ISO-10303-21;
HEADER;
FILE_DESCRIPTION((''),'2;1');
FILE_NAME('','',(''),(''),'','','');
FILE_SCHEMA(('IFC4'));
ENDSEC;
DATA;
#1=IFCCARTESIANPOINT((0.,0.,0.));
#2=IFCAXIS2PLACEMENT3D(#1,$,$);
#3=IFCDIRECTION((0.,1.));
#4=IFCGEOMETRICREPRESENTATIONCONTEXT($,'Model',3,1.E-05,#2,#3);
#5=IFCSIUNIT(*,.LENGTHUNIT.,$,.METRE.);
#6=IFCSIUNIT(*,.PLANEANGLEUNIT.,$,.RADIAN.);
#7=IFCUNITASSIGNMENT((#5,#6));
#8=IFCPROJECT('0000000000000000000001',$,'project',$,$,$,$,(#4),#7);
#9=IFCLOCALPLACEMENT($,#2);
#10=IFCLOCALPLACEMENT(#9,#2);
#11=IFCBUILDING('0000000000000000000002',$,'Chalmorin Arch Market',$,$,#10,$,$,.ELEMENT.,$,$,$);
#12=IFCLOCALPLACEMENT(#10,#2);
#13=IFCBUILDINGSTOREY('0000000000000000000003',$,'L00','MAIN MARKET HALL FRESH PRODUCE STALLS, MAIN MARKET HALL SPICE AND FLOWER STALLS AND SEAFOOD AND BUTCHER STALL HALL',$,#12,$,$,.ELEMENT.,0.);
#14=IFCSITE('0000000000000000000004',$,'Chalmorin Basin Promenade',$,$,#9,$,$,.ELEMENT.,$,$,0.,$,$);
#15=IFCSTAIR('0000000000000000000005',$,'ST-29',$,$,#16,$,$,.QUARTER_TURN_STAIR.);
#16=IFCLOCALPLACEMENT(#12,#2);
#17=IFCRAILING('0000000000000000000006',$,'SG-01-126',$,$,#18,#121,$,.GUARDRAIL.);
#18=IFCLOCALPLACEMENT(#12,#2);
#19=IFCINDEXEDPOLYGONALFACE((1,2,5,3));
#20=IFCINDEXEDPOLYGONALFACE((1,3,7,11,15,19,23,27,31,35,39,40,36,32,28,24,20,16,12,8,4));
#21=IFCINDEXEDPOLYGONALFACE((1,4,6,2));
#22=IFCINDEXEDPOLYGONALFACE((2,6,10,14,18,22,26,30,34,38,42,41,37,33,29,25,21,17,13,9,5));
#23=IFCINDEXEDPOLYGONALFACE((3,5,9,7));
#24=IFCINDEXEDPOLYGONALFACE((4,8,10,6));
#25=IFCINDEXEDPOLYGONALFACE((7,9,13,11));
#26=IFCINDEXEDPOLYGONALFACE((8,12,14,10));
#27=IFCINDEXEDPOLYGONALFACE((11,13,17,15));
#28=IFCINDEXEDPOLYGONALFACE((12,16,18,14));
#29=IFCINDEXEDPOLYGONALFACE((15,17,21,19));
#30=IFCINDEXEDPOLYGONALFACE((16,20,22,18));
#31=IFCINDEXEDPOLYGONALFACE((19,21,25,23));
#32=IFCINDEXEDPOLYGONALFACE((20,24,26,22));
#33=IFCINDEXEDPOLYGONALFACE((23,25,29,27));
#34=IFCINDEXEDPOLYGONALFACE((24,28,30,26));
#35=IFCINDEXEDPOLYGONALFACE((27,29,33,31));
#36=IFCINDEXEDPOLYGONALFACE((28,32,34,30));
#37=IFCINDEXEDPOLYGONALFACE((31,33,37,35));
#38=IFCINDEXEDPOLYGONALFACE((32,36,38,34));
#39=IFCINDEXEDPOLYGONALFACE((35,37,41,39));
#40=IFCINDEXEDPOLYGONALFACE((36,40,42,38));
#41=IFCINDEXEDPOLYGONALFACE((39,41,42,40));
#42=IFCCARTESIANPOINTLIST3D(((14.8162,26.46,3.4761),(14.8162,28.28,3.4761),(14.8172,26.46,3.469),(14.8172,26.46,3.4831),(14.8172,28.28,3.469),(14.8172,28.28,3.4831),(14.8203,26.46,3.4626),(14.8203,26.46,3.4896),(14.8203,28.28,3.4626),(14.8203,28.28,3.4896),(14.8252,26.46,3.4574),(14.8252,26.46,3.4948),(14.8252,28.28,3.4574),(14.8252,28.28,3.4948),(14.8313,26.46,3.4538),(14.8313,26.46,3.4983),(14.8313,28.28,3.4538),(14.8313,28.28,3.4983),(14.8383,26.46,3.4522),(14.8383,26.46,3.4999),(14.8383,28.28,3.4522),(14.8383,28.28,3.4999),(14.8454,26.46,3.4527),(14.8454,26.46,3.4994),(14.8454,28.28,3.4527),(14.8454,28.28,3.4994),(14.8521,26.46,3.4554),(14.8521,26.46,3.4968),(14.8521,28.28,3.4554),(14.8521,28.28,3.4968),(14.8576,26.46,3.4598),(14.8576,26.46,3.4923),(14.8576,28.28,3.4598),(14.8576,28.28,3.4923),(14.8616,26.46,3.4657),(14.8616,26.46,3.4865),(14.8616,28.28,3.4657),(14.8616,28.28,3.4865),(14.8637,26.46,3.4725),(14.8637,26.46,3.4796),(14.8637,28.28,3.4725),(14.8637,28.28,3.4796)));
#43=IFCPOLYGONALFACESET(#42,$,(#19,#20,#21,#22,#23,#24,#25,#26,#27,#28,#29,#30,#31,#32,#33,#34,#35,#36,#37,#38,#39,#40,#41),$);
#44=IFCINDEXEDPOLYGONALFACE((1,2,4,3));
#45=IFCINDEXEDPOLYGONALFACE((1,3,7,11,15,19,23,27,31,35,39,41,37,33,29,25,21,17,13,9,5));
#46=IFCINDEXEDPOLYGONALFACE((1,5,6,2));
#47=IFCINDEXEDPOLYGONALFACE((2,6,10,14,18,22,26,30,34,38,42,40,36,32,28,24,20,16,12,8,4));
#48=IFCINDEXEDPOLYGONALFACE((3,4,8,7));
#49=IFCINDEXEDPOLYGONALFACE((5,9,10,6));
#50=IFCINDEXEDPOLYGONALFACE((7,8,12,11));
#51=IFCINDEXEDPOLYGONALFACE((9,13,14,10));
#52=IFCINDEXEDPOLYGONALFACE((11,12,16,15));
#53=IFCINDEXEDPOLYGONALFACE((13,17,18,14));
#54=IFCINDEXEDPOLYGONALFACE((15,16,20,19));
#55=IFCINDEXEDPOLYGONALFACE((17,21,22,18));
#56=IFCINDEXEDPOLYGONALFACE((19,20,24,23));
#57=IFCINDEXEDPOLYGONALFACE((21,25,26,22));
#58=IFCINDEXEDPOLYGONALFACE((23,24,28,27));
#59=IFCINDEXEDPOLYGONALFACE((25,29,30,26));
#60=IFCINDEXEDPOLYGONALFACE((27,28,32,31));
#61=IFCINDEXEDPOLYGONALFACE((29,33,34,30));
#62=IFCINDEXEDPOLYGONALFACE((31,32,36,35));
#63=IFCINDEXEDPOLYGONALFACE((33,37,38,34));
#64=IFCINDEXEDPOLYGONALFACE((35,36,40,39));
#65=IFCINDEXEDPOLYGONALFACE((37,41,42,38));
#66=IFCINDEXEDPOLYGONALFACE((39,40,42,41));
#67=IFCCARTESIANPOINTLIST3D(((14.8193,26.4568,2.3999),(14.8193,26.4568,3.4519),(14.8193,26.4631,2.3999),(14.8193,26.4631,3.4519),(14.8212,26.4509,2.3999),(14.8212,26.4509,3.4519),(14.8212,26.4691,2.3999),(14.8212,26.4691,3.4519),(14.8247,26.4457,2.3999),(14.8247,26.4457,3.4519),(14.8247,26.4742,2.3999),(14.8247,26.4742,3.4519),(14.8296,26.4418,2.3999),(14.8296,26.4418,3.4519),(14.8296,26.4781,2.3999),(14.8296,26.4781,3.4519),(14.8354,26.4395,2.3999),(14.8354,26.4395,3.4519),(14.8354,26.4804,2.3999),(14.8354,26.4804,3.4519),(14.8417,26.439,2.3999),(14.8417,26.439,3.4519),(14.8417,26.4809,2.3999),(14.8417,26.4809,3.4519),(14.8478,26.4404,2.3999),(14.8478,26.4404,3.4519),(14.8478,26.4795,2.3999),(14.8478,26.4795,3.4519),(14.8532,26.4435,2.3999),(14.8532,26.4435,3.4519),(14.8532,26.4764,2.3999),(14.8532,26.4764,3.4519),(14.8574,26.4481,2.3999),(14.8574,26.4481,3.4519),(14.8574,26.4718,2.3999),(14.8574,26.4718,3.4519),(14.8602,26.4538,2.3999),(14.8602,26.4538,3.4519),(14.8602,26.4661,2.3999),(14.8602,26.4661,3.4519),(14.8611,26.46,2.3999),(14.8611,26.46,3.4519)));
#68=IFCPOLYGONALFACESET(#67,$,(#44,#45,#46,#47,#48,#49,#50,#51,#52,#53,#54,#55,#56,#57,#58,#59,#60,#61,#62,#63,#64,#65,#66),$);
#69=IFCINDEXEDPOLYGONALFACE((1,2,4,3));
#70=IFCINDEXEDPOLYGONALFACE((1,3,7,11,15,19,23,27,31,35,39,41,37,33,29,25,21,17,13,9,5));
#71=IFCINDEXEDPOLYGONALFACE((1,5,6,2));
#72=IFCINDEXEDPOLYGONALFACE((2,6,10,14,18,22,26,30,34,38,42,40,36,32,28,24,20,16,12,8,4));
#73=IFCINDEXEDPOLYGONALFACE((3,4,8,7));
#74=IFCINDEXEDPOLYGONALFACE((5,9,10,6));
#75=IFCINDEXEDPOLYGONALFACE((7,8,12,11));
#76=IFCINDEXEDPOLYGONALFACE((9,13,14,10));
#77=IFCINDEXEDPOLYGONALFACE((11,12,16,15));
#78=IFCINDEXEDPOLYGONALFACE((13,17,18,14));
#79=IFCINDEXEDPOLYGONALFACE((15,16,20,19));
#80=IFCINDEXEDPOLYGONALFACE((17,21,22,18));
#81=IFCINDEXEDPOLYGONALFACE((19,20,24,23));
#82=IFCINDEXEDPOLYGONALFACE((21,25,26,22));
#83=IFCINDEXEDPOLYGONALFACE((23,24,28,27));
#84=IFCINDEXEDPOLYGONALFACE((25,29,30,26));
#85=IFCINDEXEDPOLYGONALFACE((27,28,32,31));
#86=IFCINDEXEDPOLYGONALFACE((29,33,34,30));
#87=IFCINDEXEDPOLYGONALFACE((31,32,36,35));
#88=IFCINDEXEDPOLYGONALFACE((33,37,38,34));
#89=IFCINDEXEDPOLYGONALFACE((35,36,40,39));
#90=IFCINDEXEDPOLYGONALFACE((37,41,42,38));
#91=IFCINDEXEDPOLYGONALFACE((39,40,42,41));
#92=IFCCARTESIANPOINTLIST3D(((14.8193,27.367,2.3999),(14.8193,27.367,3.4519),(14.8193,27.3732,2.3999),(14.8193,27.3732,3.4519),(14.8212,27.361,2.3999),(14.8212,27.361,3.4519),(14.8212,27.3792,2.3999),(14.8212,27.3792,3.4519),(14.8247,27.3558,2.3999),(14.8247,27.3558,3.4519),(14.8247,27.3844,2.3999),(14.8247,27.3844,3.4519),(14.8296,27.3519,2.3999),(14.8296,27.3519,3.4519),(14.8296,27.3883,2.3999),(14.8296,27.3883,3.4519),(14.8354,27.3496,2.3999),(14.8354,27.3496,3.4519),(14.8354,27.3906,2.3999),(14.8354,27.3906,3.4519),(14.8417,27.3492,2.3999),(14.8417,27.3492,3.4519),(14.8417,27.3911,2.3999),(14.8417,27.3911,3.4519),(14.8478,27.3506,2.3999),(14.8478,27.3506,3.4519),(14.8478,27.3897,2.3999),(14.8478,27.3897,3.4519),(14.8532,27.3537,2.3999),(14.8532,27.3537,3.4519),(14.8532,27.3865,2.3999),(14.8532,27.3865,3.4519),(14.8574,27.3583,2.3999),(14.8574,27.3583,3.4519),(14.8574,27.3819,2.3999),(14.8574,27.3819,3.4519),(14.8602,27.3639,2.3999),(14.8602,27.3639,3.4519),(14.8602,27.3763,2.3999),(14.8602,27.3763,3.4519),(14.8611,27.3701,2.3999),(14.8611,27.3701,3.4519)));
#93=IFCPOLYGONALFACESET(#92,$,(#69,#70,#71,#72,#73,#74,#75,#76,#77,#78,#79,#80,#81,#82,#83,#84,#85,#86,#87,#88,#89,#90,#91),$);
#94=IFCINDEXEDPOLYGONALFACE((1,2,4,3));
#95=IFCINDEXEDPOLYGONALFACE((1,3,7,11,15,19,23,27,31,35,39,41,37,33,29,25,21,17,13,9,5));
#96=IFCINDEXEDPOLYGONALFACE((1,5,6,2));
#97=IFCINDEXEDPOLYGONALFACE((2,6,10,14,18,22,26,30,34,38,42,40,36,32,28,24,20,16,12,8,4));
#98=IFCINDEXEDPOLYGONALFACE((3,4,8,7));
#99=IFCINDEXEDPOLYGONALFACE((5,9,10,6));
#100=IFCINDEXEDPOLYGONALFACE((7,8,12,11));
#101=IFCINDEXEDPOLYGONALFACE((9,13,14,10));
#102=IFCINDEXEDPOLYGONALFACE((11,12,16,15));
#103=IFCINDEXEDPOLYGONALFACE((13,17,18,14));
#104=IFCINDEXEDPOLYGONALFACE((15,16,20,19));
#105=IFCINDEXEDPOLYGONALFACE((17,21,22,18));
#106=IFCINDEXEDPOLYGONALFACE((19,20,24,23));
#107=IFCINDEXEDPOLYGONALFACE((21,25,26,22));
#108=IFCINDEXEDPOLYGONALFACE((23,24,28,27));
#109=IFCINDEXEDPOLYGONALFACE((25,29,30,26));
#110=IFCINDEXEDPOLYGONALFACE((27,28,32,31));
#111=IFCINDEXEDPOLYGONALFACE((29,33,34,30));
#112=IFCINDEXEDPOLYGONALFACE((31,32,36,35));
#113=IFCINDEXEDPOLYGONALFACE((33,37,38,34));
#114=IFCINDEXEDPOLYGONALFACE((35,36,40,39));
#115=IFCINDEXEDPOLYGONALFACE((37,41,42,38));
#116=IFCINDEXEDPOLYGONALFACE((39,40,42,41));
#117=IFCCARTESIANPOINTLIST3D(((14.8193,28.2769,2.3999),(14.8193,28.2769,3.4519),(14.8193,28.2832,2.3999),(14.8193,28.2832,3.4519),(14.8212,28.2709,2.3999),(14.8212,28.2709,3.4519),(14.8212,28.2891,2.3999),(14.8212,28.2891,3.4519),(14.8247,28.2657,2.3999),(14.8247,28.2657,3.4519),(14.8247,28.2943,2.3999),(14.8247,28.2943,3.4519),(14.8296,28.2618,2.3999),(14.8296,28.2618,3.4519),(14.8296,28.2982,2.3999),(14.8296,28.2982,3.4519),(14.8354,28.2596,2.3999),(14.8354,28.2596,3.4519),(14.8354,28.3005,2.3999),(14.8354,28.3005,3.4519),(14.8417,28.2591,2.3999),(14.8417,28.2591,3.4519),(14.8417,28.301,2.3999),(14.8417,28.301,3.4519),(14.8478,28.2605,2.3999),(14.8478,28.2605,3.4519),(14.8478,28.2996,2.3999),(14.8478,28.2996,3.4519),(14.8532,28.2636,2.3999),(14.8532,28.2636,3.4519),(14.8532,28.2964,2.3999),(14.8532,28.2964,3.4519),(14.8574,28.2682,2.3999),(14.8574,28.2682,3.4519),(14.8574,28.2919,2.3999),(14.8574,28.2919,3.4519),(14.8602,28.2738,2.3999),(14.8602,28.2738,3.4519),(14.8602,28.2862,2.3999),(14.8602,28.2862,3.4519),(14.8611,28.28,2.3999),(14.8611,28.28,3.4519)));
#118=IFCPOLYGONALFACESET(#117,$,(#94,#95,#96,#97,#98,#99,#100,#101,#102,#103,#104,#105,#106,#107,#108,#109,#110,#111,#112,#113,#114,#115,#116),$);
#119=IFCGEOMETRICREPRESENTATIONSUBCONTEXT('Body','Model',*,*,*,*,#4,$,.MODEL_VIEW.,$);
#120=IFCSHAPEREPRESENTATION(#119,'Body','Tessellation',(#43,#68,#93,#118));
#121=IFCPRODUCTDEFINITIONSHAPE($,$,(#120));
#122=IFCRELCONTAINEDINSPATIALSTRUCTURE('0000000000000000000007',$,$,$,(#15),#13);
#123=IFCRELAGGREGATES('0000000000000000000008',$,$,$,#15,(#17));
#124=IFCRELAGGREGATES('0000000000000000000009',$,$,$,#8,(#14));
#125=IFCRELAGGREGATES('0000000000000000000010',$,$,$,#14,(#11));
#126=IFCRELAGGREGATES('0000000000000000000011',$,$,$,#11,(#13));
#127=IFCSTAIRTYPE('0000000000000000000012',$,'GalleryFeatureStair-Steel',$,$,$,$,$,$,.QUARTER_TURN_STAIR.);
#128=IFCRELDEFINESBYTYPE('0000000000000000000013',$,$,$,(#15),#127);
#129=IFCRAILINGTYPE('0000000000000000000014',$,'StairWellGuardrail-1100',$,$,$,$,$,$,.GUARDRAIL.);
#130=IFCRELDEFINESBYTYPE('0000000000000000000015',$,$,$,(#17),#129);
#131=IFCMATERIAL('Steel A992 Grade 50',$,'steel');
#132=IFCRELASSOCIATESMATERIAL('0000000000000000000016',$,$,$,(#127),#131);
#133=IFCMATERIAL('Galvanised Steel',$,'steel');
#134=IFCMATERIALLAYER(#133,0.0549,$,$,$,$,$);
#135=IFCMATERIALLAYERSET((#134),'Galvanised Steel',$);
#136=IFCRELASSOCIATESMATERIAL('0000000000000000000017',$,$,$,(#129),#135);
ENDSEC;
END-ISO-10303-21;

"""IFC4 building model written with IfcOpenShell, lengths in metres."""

from ifc_helpers import new_model, si_unit, direction, frame, origin, origin_2d, place, context, subcontext, project, spatial, circle, extrude, material, layer, layer_set, type_object, element, aggregate, save


model = new_model("IFC4")

# Units and contexts
model_context = context("Model", 3, precision=1e-05, world=origin(), true_north=direction((0.0, 1.0)))
body_context = subcontext(model_context, "Body", "Model", "MODEL_VIEW")
ifc_project = project(units=[si_unit("LENGTHUNIT", "METRE"), si_unit("PLANEANGLEUNIT", "RADIAN")], contexts=[model_context])

# Site, building, storey
site_placement = place(None, origin())
site = spatial("IfcSite", under=ifc_project, at=site_placement, Name="Chalmorin Basin Promenade", CompositionType="ELEMENT", RefElevation=0.0)
building_placement = place(site_placement, origin())
building = spatial("IfcBuilding", under=site, at=building_placement, Name="Chalmorin Arch Market", CompositionType="ELEMENT")
storey_placement = place(building_placement, origin())
storey = spatial("IfcBuildingStorey", under=building, at=storey_placement, Name="L00", Description="MAIN MARKET HALL FRESH PRODUCE STALLS, MAIN MARKET HALL SPICE AND FLOWER STALLS AND SEAFOOD AND BUTCHER STALL HALL", CompositionType="ELEMENT", Elevation=0.0)

# Shared definitions
ifc_material_1 = material(Name="Steel A992 Grade 50", Category="steel")

# Shared definitions
ifc_material_2 = material(Name="Galvanised Steel", Category="steel")

# Stair, railing
stair_type = type_object("IfcStairType", Name="GalleryFeatureStair-Steel", PredefinedType="QUARTER_TURN_STAIR", material=ifc_material_1)
stair_placement = place(storey_placement, origin())
stair = element("IfcStair", 1, at=stair_placement, inside=storey, type_object=stair_type, Name="ST-29", PredefinedType="QUARTER_TURN_STAIR")
ifc_layer_1 = layer(ifc_material_2, 0.0549)
ifc_layer_set_1 = layer_set([ifc_layer_1], Name="Galvanised Steel")
railing_type = type_object("IfcRailingType", Name="StairWellGuardrail-1100", PredefinedType="GUARDRAIL", material=ifc_layer_set_1)
railing_1_placement = place(storey_placement, frame((14.8401, 26.46, 2.3999)))
railing_1 = element("IfcRailing", 2, at=railing_1_placement, type_object=railing_type, Name="SG-01-126", PredefinedType="GUARDRAIL", context=body_context, shape_type="SweptSolid", body=[
    extrude(circle(Radius=0.0239, at=origin_2d()), frame((0.0, 0.0, 1.0762), z_axis=(0.0, 1.0, 0.0), x_axis=(-1.0, 0.0, 0.0)), (0.0, 0.0, 1.0), 1.8201),
    extrude(circle(Radius=0.021, at=origin_2d()), origin(), (0.0, 0.0, 1.0), 1.052),
    extrude(circle(Radius=0.021, at=origin_2d()), frame((0.0, 0.9102, 0.0)), (0.0, 0.0, 1.0), 1.052),
    extrude(circle(Radius=0.021, at=origin_2d()), frame((0.0, 1.8201, 0.0)), (0.0, 0.0, 1.0), 1.052),
])
aggregate(stair, [railing_1])

save(model, "model.ifc")
